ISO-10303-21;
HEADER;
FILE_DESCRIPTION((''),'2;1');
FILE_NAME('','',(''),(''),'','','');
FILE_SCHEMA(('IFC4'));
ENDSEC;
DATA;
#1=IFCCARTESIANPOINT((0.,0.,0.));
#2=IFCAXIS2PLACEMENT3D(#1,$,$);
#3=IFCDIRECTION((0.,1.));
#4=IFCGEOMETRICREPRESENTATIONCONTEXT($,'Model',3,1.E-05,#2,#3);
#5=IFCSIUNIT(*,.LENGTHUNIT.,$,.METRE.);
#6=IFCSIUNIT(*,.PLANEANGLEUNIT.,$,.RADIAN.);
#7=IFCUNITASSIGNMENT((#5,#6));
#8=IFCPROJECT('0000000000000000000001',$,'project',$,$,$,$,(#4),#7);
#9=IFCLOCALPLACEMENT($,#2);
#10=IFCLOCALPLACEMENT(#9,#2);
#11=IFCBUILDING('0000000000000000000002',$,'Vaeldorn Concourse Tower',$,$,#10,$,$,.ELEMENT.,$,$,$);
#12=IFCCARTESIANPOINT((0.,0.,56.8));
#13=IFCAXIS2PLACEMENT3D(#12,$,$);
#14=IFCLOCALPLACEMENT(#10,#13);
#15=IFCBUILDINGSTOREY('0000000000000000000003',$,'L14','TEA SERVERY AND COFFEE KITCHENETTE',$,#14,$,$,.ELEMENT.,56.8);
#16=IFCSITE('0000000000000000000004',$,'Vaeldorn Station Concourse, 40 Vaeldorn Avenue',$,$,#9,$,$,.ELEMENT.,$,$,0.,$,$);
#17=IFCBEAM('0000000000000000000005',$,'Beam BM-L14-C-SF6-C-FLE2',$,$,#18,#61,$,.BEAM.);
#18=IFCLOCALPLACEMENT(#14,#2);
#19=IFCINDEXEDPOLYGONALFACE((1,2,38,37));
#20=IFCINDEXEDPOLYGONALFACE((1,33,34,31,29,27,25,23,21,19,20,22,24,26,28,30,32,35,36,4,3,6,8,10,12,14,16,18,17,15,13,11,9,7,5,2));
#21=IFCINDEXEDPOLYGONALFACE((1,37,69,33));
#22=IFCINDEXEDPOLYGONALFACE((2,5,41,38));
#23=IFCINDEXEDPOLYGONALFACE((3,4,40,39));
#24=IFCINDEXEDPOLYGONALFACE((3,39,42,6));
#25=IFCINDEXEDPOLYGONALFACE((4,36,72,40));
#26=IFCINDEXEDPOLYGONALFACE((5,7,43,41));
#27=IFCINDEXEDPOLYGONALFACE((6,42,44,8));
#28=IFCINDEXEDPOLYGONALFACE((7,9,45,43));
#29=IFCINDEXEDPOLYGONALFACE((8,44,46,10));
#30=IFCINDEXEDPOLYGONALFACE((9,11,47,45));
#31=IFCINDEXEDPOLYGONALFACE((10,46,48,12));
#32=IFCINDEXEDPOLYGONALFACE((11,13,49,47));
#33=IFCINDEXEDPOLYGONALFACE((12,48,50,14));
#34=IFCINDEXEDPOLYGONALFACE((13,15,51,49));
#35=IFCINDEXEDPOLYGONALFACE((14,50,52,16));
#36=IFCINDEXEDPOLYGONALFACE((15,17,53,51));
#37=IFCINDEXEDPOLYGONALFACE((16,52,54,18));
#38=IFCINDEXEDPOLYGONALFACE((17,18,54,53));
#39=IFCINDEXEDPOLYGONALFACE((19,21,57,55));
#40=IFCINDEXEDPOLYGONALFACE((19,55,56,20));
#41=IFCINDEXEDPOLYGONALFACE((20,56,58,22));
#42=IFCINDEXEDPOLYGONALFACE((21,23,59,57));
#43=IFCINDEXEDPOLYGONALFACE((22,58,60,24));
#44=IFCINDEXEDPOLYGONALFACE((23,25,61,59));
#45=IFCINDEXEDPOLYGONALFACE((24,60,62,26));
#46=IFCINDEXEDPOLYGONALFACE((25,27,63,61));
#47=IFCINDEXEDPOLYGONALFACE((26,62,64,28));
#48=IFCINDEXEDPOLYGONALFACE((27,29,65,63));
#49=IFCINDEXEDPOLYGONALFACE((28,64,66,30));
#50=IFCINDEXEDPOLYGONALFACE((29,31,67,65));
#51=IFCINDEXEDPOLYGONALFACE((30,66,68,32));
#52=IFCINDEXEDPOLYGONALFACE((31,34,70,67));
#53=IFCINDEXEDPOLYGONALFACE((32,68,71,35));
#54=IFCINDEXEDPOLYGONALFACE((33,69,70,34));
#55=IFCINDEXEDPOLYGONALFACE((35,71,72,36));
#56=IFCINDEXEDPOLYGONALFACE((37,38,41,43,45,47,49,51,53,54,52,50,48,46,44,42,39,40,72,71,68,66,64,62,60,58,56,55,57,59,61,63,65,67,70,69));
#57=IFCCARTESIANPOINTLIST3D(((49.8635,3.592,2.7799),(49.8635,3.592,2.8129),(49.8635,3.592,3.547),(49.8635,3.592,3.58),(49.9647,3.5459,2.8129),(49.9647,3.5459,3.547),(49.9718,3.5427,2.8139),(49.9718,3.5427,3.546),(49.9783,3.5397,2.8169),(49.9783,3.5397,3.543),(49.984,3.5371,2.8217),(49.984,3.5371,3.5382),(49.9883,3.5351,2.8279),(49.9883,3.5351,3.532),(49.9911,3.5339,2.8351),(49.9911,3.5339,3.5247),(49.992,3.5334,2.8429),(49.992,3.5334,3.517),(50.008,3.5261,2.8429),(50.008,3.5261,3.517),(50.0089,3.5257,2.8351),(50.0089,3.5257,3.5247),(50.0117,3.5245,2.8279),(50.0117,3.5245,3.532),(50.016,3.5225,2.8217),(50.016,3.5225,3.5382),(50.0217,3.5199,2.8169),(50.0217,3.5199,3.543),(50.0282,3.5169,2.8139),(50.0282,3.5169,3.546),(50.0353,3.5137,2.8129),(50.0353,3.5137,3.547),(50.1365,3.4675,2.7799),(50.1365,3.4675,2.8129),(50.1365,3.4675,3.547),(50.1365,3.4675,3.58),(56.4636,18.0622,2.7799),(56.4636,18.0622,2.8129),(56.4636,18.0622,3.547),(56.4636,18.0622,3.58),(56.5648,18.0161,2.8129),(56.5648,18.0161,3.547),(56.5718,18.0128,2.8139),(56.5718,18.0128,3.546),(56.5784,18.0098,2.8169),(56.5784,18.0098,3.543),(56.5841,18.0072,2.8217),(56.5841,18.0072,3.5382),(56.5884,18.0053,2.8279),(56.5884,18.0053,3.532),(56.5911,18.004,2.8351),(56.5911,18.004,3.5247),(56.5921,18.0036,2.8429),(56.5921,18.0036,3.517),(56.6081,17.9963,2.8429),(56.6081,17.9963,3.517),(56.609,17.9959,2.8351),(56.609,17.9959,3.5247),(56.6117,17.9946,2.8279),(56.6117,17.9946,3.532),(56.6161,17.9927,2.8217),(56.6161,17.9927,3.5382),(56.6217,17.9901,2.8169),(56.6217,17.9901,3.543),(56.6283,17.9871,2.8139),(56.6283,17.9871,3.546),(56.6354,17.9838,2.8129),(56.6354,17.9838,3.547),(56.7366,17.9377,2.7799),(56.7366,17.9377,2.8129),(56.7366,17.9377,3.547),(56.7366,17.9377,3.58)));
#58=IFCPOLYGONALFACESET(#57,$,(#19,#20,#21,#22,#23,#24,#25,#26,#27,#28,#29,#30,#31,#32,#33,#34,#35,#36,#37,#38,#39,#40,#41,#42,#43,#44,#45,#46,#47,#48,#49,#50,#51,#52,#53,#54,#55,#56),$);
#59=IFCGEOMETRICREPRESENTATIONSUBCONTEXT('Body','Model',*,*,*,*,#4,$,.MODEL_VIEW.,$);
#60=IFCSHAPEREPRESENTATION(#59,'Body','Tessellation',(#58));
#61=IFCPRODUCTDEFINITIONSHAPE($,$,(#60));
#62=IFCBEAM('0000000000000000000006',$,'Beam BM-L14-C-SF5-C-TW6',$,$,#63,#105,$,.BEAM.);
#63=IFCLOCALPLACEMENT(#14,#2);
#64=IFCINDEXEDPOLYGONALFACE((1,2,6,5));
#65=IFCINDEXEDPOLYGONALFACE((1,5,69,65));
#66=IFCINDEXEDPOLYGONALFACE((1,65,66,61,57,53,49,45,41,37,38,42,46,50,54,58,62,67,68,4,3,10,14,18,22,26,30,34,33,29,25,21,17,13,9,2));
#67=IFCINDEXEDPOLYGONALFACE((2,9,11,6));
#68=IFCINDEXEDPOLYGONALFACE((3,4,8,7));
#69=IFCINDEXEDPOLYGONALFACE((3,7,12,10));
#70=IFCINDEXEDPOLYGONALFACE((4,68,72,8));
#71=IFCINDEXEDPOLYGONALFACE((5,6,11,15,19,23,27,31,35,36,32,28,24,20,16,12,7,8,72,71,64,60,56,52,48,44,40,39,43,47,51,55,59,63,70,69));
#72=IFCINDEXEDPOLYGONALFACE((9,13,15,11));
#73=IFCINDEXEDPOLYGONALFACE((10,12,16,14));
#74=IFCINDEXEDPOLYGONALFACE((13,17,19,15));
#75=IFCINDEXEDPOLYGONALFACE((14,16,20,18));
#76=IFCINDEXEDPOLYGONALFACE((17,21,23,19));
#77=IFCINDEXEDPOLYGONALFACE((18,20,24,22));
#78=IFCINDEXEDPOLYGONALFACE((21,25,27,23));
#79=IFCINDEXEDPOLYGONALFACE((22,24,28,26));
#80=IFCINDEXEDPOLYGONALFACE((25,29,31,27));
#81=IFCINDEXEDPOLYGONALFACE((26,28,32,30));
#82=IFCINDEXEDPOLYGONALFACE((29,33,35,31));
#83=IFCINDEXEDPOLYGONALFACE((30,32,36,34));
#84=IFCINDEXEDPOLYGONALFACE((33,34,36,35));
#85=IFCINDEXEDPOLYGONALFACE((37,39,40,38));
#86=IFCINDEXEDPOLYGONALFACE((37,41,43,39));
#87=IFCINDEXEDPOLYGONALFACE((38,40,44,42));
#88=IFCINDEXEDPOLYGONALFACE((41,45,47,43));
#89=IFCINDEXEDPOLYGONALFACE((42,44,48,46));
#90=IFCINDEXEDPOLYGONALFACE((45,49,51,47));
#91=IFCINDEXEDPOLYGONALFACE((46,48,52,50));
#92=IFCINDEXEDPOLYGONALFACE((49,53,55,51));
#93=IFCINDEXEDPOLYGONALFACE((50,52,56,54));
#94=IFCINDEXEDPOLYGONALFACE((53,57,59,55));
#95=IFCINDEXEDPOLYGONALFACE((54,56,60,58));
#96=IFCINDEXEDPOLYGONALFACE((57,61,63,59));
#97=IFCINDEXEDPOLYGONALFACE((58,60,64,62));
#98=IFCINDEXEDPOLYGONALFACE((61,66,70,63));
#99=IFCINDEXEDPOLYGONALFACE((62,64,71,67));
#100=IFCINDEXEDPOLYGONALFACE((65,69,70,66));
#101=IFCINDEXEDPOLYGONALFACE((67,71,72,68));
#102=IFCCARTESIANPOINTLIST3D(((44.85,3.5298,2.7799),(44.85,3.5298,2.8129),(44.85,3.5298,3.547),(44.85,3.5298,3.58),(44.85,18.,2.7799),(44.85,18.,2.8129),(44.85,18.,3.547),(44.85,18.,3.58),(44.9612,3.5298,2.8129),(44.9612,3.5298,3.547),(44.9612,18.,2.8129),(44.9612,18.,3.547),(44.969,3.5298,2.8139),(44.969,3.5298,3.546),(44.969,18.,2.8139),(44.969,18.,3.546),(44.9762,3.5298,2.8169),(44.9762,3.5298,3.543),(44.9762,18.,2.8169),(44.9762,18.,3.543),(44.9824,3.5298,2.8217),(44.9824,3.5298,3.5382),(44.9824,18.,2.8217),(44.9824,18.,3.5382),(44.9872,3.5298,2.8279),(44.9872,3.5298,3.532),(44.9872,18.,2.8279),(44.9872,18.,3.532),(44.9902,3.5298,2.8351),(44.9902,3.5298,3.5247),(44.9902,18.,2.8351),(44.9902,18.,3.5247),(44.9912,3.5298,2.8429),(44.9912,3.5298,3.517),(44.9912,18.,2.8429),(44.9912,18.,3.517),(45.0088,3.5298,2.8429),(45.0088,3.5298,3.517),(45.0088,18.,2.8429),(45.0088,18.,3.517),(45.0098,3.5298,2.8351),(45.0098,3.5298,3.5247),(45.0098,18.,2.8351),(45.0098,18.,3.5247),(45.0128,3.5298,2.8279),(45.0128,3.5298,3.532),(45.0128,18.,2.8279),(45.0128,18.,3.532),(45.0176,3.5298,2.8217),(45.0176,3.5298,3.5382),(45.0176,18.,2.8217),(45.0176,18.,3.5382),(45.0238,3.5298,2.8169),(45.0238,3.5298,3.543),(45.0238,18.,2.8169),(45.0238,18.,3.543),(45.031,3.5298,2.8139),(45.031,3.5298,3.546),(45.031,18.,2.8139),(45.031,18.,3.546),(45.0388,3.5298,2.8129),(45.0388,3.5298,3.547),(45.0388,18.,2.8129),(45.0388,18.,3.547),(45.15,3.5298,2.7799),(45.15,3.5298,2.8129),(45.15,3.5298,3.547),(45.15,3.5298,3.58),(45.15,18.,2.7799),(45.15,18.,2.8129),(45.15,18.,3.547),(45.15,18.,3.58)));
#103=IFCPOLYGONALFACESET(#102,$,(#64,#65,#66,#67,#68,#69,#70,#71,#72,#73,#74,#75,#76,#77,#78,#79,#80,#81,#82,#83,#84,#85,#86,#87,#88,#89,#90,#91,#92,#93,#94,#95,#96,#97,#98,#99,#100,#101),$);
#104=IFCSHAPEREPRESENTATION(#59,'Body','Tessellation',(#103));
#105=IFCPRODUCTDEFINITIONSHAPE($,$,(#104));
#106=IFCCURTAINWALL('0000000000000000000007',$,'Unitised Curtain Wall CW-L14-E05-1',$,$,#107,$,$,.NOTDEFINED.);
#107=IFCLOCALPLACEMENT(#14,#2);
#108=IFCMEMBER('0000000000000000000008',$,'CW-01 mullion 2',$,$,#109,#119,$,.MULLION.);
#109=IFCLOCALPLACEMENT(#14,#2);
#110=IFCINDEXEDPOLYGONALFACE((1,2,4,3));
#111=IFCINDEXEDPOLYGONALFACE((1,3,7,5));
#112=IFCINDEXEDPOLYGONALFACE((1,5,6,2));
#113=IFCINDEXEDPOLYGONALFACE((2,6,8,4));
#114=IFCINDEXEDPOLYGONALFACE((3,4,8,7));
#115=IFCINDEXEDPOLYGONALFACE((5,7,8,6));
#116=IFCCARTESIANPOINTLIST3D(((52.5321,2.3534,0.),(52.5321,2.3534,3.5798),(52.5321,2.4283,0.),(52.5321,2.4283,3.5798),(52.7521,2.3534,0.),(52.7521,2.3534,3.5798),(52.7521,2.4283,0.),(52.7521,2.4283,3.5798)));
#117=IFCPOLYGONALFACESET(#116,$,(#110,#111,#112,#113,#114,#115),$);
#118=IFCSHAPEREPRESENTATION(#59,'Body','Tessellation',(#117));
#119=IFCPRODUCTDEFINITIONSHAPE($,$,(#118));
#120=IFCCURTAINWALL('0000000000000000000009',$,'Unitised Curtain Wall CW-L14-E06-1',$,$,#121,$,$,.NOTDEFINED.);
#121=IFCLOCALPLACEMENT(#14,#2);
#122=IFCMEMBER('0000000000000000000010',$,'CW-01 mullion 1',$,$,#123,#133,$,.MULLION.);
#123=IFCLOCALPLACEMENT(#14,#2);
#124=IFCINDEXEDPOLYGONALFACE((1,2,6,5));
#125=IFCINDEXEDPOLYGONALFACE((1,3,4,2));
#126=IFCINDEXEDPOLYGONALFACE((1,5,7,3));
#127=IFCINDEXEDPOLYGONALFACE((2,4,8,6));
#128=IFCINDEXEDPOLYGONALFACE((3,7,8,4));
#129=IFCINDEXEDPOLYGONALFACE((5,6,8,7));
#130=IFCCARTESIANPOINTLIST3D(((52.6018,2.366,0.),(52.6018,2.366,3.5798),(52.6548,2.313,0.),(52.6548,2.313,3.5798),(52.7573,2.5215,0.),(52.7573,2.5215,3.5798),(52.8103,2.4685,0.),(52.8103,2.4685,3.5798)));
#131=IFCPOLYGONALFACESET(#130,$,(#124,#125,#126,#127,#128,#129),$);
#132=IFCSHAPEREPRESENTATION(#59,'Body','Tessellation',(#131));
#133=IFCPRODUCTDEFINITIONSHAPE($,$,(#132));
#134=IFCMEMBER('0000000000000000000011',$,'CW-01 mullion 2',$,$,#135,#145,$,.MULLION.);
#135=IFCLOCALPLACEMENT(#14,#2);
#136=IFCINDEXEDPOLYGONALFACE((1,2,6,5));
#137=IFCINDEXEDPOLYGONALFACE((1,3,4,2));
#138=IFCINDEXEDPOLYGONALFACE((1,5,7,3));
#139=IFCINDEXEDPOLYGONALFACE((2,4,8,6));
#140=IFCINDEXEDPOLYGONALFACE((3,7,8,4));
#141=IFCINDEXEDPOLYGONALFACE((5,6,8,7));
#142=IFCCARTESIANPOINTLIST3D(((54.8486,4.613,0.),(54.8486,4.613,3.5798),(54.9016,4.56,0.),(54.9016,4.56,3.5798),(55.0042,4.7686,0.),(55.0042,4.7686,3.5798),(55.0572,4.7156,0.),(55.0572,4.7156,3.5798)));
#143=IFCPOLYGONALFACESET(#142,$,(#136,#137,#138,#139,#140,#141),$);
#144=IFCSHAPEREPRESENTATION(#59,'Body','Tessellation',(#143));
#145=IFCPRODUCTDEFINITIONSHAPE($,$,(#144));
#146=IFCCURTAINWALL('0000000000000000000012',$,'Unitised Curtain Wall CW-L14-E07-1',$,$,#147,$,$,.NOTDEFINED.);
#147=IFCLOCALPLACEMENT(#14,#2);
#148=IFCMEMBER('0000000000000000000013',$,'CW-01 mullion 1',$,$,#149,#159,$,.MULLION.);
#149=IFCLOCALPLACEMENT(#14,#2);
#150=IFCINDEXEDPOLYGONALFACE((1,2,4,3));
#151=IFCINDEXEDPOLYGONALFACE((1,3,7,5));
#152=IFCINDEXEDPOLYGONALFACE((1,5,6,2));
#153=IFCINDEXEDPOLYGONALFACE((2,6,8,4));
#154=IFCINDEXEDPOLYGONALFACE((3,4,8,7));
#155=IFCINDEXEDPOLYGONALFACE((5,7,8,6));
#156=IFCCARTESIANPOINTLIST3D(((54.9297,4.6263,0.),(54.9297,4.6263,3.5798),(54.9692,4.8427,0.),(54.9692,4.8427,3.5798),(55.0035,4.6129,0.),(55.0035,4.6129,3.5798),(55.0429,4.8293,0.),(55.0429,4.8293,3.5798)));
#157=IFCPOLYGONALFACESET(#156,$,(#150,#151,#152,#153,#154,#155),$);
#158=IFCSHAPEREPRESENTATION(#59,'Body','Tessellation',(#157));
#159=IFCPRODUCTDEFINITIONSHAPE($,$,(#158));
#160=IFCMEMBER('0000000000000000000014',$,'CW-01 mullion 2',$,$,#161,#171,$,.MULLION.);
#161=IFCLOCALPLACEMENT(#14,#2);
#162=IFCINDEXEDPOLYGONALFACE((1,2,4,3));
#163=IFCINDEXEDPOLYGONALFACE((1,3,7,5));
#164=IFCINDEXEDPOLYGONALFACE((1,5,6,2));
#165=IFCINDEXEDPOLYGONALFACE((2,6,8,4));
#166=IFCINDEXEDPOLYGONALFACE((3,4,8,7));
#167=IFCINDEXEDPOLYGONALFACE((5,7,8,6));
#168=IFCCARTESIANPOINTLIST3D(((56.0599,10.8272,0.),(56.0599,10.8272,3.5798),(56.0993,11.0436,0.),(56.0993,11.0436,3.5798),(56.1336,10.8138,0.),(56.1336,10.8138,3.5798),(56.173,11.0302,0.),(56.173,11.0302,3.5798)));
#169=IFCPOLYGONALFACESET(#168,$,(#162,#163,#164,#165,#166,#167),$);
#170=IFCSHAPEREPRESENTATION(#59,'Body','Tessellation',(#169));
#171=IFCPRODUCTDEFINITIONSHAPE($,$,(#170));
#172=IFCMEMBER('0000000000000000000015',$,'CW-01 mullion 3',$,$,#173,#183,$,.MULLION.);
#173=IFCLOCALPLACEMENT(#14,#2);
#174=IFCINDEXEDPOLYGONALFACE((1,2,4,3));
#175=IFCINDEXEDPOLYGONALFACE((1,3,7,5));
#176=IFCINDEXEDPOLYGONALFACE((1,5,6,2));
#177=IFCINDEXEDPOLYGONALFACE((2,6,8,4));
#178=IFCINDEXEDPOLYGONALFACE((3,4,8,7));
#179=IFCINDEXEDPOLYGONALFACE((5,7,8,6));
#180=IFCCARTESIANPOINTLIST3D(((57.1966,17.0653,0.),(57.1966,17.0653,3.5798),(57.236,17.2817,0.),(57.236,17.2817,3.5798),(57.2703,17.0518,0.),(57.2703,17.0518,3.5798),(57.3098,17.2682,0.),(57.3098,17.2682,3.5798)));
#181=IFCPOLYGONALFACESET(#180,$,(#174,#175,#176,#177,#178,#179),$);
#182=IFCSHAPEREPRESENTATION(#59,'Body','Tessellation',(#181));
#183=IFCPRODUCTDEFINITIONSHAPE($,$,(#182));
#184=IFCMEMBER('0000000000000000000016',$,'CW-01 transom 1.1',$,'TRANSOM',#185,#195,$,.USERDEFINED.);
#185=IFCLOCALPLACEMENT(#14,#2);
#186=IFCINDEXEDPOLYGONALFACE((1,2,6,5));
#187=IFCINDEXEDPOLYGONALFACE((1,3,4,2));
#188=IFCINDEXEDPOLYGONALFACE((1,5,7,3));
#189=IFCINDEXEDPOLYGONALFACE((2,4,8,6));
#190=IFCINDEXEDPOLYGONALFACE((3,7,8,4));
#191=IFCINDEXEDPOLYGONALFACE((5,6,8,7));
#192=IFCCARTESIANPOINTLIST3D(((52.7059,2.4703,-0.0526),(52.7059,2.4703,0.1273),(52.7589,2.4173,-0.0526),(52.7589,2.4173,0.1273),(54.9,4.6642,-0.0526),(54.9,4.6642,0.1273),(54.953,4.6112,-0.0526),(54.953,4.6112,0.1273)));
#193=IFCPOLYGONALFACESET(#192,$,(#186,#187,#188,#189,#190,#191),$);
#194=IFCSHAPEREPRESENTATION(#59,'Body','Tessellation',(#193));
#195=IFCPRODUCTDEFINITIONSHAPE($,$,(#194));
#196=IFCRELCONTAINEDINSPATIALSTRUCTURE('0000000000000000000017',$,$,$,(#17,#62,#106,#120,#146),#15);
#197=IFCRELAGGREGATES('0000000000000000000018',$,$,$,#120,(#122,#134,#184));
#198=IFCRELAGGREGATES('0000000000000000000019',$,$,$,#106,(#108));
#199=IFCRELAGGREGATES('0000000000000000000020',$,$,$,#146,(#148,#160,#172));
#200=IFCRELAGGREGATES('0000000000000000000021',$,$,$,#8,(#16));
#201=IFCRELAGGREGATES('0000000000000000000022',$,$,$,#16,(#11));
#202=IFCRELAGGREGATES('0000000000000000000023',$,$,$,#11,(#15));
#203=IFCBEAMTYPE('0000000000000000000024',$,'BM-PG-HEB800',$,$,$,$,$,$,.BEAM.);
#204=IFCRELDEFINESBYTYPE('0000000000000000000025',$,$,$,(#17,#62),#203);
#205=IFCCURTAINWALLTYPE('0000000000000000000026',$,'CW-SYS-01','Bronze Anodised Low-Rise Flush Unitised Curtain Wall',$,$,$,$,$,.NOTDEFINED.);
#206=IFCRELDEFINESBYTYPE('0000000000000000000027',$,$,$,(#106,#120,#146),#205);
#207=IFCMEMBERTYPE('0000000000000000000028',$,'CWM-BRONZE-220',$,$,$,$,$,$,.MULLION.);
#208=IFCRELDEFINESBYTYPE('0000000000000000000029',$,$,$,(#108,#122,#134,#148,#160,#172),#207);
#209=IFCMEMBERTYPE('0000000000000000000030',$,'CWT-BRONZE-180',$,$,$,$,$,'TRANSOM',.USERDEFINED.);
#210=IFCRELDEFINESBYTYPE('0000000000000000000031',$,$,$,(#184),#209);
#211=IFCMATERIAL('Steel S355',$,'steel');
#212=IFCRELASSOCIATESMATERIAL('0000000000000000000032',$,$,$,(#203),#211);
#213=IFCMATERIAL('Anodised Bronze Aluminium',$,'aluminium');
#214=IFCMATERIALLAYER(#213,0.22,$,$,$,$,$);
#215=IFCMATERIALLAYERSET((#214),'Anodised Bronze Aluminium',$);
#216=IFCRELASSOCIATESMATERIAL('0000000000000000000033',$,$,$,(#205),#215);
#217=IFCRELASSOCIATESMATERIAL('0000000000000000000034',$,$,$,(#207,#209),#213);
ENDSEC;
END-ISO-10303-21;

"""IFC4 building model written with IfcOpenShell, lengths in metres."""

from ifc_helpers import new_model, si_unit, direction, frame, origin, origin_2d, place, context, subcontext, project, spatial, rectangle, i_section, extrude, source, transform, mapped, material, layer, layer_set, material_profile, profile_set, type_object, element, aggregate, save


model = new_model("IFC4")

# Units and contexts
model_context = context("Model", 3, precision=1e-05, world=origin(), true_north=direction((0.0, 1.0)))
body_context = subcontext(model_context, "Body", "Model", "MODEL_VIEW")
ifc_project = project(units=[si_unit("LENGTHUNIT", "METRE"), si_unit("PLANEANGLEUNIT", "RADIAN")], contexts=[model_context])

# Site, building, storey
site_placement = place(None, origin())
site = spatial("IfcSite", under=ifc_project, at=site_placement, Name="Vaeldorn Station Concourse, 40 Vaeldorn Avenue", CompositionType="ELEMENT", RefElevation=0.0)
building_placement = place(site_placement, origin())
building = spatial("IfcBuilding", under=site, at=building_placement, Name="Vaeldorn Concourse Tower", CompositionType="ELEMENT")
storey_placement = place(building_placement, frame((0.0, 0.0, 56.8)))
storey = spatial("IfcBuildingStorey", under=building, at=storey_placement, Name="L14", Description="TEA SERVERY AND COFFEE KITCHENETTE", CompositionType="ELEMENT", Elevation=56.8)

# Beams
ifc_material_1 = material(Name="Steel S355", Category="steel")
ifc_material_profile_1 = material_profile(ifc_material_1, i_section(OverallWidth=0.3, OverallDepth=0.8, WebThickness=0.0176, FlangeThickness=0.033, FilletRadius=0.03, at=origin_2d()), Name="HEB 800")
ifc_profile_set_1 = profile_set([ifc_material_profile_1], Name="Steel S355")
beam_type_1 = type_object("IfcBeamType", Name="BM-PG-HEB800", PredefinedType="BEAM", material=ifc_profile_set_1)
shared_shape_1 = source(origin(), body_context, "Body", "SweptSolid", [
    extrude(i_section(OverallWidth=0.3, OverallDepth=0.8, WebThickness=0.0176, FlangeThickness=0.033, FilletRadius=0.03, at=origin_2d()), origin(), (0.0, 0.0, 1.0), 15.9043),
])
beam_1_placement = place(storey_placement, frame((50.0, 3.5298, 3.1799), z_axis=(0.414987, 0.909827, 0.0), x_axis=(-0.909827, 0.414987, 0.0)))
element("IfcBeam", 1, at=beam_1_placement, inside=storey, type_object=beam_type_1, Name="Beam BM-L14-C-SF6-C-FLE2", PredefinedType="BEAM", context=body_context, shape_type="MappedRepresentation", body=[
    mapped(shared_shape_1, transform((0.0, 0.0, 0.0), scale=1.0)),
])
shared_shape_2 = source(origin(), body_context, "Body", "SweptSolid", [
    extrude(i_section(OverallWidth=0.3, OverallDepth=0.8, WebThickness=0.0176, FlangeThickness=0.033, FilletRadius=0.03, at=origin_2d()), origin(), (0.0, 0.0, 1.0), 14.4702),
])
beam_2_placement = place(storey_placement, frame((45.0, 3.5298, 3.1799), z_axis=(0.0, 1.0, 0.0), x_axis=(-1.0, 0.0, 0.0)))
element("IfcBeam", 2, at=beam_2_placement, inside=storey, type_object=beam_type_1, Name="Beam BM-L14-C-SF5-C-TW6", PredefinedType="BEAM", context=body_context, shape_type="MappedRepresentation", body=[
    mapped(shared_shape_2, transform((0.0, 0.0, 0.0), scale=1.0)),
])

# Curtain wall, member
ifc_material_2 = material(Name="Anodised Bronze Aluminium", Category="aluminium")
ifc_layer_1 = layer(ifc_material_2, 0.22)
ifc_layer_set_1 = layer_set([ifc_layer_1], Name="Anodised Bronze Aluminium")
curtain_wall_type = type_object("IfcCurtainWallType", Name="CW-SYS-01", Description="Bronze Anodised Low-Rise Flush Unitised Curtain Wall", PredefinedType="NOTDEFINED", material=ifc_layer_set_1)
curtain_wall_1_placement = place(storey_placement, origin())
curtain_wall_1 = element("IfcCurtainWall", 3, at=curtain_wall_1_placement, inside=storey, type_object=curtain_wall_type, Name="Unitised Curtain Wall CW-L14-E05-1", PredefinedType="NOTDEFINED")
ifc_material_profile_2 = material_profile(ifc_material_2, rectangle(XDim=0.075, YDim=0.22, at=origin_2d()), Name="CWM 75x220")
ifc_profile_set_2 = profile_set([ifc_material_profile_2], Name="Anodised Bronze Aluminium")
member_type_1 = type_object("IfcMemberType", Name="CWM-BRONZE-220", PredefinedType="MULLION", material=ifc_profile_set_2)
shared_shape_3 = source(origin(), body_context, "Body", "SweptSolid", [
    extrude(rectangle(XDim=0.075, YDim=0.22, at=origin_2d()), origin(), (0.0, 0.0, 1.0), 3.5798),
])
member_1_placement = place(storey_placement, frame((52.6421, 2.3909, 0.0), z_axis=(0.0, 0.0, 1.0), x_axis=(0.0, 1.0, 0.0)))
member_1 = element("IfcMember", 4, at=member_1_placement, type_object=member_type_1, Name="CW-01 mullion 2", PredefinedType="MULLION", context=body_context, shape_type="MappedRepresentation", body=[
    mapped(shared_shape_3, transform((0.0, 0.0, 0.0), scale=1.0)),
])

# Curtain walls, members
curtain_wall_2_placement = place(storey_placement, origin())
curtain_wall_2 = element("IfcCurtainWall", 5, at=curtain_wall_2_placement, inside=storey, type_object=curtain_wall_type, Name="Unitised Curtain Wall CW-L14-E06-1", PredefinedType="NOTDEFINED")
member_2_placement = place(storey_placement, frame((52.7061, 2.4172, 0.0), z_axis=(0.0, 0.0, 1.0), x_axis=(-0.707107, 0.707107, 0.0)))
member_2 = element("IfcMember", 6, at=member_2_placement, type_object=member_type_1, Name="CW-01 mullion 1", PredefinedType="MULLION", context=body_context, shape_type="MappedRepresentation", body=[
    mapped(shared_shape_3, transform((0.0, 0.0, 0.0), scale=1.0)),
])
member_3_placement = place(storey_placement, frame((54.9529, 4.6643, 0.0), z_axis=(0.0, 0.0, 1.0), x_axis=(-0.707107, 0.707107, 0.0)))
member_3 = element("IfcMember", 7, at=member_3_placement, type_object=member_type_1, Name="CW-01 mullion 2", PredefinedType="MULLION", context=body_context, shape_type="MappedRepresentation", body=[
    mapped(shared_shape_3, transform((0.0, 0.0, 0.0), scale=1.0)),
])
curtain_wall_3_placement = place(storey_placement, origin())
curtain_wall_3 = element("IfcCurtainWall", 8, at=curtain_wall_3_placement, inside=storey, type_object=curtain_wall_type, Name="Unitised Curtain Wall CW-L14-E07-1", PredefinedType="NOTDEFINED")
member_4_placement = place(storey_placement, frame((54.9863, 4.7278, 0.0), z_axis=(0.0, 0.0, 1.0), x_axis=(-0.983796, 0.179293, 0.0)))
member_4 = element("IfcMember", 9, at=member_4_placement, type_object=member_type_1, Name="CW-01 mullion 1", PredefinedType="MULLION", context=body_context, shape_type="MappedRepresentation", body=[
    mapped(shared_shape_3, transform((0.0, 0.0, 0.0), scale=1.0)),
])
member_5_placement = place(storey_placement, frame((56.1165, 10.9287, 0.0), z_axis=(0.0, 0.0, 1.0), x_axis=(-0.983796, 0.179293, 0.0)))
member_5 = element("IfcMember", 10, at=member_5_placement, type_object=member_type_1, Name="CW-01 mullion 2", PredefinedType="MULLION", context=body_context, shape_type="MappedRepresentation", body=[
    mapped(shared_shape_3, transform((0.0, 0.0, 0.0), scale=1.0)),
])
member_6_placement = place(storey_placement, frame((57.2532, 17.1667, 0.0), z_axis=(0.0, 0.0, 1.0), x_axis=(-0.983796, 0.179293, 0.0)))
member_6 = element("IfcMember", 11, at=member_6_placement, type_object=member_type_1, Name="CW-01 mullion 3", PredefinedType="MULLION", context=body_context, shape_type="MappedRepresentation", body=[
    mapped(shared_shape_3, transform((0.0, 0.0, 0.0), scale=1.0)),
])

# Member
ifc_material_profile_3 = material_profile(ifc_material_2, rectangle(XDim=0.075, YDim=0.1799, at=origin_2d()), Name="CWT 75x180")
ifc_profile_set_3 = profile_set([ifc_material_profile_3], Name="Anodised Bronze Aluminium")
member_type_2 = type_object("IfcMemberType", Name="CWT-BRONZE-180", ElementType="TRANSOM", PredefinedType="USERDEFINED", material=ifc_profile_set_3)
shared_shape_4 = source(origin(), body_context, "Body", "SweptSolid", [
    extrude(rectangle(XDim=0.075, YDim=0.1799, at=origin_2d()), origin(), (0.0, 0.0, 1.0), 3.1028),
])
member_7_placement = place(storey_placement, frame((52.7324, 2.4438, 0.0374), z_axis=(0.707146, 0.707067, 0.0), x_axis=(-0.707067, 0.707146, 0.0)))
member_7 = element("IfcMember", 12, at=member_7_placement, type_object=member_type_2, Name="CW-01 transom 1.1", ObjectType="TRANSOM", PredefinedType="USERDEFINED", context=body_context, shape_type="MappedRepresentation", body=[
    mapped(shared_shape_4, transform((0.0, 0.0, 0.0), scale=1.0)),
])

aggregate(curtain_wall_2, [member_2, member_3, member_7])
aggregate(curtain_wall_1, [member_1])
aggregate(curtain_wall_3, [member_4, member_5, member_6])

save(model, "model.ifc")
